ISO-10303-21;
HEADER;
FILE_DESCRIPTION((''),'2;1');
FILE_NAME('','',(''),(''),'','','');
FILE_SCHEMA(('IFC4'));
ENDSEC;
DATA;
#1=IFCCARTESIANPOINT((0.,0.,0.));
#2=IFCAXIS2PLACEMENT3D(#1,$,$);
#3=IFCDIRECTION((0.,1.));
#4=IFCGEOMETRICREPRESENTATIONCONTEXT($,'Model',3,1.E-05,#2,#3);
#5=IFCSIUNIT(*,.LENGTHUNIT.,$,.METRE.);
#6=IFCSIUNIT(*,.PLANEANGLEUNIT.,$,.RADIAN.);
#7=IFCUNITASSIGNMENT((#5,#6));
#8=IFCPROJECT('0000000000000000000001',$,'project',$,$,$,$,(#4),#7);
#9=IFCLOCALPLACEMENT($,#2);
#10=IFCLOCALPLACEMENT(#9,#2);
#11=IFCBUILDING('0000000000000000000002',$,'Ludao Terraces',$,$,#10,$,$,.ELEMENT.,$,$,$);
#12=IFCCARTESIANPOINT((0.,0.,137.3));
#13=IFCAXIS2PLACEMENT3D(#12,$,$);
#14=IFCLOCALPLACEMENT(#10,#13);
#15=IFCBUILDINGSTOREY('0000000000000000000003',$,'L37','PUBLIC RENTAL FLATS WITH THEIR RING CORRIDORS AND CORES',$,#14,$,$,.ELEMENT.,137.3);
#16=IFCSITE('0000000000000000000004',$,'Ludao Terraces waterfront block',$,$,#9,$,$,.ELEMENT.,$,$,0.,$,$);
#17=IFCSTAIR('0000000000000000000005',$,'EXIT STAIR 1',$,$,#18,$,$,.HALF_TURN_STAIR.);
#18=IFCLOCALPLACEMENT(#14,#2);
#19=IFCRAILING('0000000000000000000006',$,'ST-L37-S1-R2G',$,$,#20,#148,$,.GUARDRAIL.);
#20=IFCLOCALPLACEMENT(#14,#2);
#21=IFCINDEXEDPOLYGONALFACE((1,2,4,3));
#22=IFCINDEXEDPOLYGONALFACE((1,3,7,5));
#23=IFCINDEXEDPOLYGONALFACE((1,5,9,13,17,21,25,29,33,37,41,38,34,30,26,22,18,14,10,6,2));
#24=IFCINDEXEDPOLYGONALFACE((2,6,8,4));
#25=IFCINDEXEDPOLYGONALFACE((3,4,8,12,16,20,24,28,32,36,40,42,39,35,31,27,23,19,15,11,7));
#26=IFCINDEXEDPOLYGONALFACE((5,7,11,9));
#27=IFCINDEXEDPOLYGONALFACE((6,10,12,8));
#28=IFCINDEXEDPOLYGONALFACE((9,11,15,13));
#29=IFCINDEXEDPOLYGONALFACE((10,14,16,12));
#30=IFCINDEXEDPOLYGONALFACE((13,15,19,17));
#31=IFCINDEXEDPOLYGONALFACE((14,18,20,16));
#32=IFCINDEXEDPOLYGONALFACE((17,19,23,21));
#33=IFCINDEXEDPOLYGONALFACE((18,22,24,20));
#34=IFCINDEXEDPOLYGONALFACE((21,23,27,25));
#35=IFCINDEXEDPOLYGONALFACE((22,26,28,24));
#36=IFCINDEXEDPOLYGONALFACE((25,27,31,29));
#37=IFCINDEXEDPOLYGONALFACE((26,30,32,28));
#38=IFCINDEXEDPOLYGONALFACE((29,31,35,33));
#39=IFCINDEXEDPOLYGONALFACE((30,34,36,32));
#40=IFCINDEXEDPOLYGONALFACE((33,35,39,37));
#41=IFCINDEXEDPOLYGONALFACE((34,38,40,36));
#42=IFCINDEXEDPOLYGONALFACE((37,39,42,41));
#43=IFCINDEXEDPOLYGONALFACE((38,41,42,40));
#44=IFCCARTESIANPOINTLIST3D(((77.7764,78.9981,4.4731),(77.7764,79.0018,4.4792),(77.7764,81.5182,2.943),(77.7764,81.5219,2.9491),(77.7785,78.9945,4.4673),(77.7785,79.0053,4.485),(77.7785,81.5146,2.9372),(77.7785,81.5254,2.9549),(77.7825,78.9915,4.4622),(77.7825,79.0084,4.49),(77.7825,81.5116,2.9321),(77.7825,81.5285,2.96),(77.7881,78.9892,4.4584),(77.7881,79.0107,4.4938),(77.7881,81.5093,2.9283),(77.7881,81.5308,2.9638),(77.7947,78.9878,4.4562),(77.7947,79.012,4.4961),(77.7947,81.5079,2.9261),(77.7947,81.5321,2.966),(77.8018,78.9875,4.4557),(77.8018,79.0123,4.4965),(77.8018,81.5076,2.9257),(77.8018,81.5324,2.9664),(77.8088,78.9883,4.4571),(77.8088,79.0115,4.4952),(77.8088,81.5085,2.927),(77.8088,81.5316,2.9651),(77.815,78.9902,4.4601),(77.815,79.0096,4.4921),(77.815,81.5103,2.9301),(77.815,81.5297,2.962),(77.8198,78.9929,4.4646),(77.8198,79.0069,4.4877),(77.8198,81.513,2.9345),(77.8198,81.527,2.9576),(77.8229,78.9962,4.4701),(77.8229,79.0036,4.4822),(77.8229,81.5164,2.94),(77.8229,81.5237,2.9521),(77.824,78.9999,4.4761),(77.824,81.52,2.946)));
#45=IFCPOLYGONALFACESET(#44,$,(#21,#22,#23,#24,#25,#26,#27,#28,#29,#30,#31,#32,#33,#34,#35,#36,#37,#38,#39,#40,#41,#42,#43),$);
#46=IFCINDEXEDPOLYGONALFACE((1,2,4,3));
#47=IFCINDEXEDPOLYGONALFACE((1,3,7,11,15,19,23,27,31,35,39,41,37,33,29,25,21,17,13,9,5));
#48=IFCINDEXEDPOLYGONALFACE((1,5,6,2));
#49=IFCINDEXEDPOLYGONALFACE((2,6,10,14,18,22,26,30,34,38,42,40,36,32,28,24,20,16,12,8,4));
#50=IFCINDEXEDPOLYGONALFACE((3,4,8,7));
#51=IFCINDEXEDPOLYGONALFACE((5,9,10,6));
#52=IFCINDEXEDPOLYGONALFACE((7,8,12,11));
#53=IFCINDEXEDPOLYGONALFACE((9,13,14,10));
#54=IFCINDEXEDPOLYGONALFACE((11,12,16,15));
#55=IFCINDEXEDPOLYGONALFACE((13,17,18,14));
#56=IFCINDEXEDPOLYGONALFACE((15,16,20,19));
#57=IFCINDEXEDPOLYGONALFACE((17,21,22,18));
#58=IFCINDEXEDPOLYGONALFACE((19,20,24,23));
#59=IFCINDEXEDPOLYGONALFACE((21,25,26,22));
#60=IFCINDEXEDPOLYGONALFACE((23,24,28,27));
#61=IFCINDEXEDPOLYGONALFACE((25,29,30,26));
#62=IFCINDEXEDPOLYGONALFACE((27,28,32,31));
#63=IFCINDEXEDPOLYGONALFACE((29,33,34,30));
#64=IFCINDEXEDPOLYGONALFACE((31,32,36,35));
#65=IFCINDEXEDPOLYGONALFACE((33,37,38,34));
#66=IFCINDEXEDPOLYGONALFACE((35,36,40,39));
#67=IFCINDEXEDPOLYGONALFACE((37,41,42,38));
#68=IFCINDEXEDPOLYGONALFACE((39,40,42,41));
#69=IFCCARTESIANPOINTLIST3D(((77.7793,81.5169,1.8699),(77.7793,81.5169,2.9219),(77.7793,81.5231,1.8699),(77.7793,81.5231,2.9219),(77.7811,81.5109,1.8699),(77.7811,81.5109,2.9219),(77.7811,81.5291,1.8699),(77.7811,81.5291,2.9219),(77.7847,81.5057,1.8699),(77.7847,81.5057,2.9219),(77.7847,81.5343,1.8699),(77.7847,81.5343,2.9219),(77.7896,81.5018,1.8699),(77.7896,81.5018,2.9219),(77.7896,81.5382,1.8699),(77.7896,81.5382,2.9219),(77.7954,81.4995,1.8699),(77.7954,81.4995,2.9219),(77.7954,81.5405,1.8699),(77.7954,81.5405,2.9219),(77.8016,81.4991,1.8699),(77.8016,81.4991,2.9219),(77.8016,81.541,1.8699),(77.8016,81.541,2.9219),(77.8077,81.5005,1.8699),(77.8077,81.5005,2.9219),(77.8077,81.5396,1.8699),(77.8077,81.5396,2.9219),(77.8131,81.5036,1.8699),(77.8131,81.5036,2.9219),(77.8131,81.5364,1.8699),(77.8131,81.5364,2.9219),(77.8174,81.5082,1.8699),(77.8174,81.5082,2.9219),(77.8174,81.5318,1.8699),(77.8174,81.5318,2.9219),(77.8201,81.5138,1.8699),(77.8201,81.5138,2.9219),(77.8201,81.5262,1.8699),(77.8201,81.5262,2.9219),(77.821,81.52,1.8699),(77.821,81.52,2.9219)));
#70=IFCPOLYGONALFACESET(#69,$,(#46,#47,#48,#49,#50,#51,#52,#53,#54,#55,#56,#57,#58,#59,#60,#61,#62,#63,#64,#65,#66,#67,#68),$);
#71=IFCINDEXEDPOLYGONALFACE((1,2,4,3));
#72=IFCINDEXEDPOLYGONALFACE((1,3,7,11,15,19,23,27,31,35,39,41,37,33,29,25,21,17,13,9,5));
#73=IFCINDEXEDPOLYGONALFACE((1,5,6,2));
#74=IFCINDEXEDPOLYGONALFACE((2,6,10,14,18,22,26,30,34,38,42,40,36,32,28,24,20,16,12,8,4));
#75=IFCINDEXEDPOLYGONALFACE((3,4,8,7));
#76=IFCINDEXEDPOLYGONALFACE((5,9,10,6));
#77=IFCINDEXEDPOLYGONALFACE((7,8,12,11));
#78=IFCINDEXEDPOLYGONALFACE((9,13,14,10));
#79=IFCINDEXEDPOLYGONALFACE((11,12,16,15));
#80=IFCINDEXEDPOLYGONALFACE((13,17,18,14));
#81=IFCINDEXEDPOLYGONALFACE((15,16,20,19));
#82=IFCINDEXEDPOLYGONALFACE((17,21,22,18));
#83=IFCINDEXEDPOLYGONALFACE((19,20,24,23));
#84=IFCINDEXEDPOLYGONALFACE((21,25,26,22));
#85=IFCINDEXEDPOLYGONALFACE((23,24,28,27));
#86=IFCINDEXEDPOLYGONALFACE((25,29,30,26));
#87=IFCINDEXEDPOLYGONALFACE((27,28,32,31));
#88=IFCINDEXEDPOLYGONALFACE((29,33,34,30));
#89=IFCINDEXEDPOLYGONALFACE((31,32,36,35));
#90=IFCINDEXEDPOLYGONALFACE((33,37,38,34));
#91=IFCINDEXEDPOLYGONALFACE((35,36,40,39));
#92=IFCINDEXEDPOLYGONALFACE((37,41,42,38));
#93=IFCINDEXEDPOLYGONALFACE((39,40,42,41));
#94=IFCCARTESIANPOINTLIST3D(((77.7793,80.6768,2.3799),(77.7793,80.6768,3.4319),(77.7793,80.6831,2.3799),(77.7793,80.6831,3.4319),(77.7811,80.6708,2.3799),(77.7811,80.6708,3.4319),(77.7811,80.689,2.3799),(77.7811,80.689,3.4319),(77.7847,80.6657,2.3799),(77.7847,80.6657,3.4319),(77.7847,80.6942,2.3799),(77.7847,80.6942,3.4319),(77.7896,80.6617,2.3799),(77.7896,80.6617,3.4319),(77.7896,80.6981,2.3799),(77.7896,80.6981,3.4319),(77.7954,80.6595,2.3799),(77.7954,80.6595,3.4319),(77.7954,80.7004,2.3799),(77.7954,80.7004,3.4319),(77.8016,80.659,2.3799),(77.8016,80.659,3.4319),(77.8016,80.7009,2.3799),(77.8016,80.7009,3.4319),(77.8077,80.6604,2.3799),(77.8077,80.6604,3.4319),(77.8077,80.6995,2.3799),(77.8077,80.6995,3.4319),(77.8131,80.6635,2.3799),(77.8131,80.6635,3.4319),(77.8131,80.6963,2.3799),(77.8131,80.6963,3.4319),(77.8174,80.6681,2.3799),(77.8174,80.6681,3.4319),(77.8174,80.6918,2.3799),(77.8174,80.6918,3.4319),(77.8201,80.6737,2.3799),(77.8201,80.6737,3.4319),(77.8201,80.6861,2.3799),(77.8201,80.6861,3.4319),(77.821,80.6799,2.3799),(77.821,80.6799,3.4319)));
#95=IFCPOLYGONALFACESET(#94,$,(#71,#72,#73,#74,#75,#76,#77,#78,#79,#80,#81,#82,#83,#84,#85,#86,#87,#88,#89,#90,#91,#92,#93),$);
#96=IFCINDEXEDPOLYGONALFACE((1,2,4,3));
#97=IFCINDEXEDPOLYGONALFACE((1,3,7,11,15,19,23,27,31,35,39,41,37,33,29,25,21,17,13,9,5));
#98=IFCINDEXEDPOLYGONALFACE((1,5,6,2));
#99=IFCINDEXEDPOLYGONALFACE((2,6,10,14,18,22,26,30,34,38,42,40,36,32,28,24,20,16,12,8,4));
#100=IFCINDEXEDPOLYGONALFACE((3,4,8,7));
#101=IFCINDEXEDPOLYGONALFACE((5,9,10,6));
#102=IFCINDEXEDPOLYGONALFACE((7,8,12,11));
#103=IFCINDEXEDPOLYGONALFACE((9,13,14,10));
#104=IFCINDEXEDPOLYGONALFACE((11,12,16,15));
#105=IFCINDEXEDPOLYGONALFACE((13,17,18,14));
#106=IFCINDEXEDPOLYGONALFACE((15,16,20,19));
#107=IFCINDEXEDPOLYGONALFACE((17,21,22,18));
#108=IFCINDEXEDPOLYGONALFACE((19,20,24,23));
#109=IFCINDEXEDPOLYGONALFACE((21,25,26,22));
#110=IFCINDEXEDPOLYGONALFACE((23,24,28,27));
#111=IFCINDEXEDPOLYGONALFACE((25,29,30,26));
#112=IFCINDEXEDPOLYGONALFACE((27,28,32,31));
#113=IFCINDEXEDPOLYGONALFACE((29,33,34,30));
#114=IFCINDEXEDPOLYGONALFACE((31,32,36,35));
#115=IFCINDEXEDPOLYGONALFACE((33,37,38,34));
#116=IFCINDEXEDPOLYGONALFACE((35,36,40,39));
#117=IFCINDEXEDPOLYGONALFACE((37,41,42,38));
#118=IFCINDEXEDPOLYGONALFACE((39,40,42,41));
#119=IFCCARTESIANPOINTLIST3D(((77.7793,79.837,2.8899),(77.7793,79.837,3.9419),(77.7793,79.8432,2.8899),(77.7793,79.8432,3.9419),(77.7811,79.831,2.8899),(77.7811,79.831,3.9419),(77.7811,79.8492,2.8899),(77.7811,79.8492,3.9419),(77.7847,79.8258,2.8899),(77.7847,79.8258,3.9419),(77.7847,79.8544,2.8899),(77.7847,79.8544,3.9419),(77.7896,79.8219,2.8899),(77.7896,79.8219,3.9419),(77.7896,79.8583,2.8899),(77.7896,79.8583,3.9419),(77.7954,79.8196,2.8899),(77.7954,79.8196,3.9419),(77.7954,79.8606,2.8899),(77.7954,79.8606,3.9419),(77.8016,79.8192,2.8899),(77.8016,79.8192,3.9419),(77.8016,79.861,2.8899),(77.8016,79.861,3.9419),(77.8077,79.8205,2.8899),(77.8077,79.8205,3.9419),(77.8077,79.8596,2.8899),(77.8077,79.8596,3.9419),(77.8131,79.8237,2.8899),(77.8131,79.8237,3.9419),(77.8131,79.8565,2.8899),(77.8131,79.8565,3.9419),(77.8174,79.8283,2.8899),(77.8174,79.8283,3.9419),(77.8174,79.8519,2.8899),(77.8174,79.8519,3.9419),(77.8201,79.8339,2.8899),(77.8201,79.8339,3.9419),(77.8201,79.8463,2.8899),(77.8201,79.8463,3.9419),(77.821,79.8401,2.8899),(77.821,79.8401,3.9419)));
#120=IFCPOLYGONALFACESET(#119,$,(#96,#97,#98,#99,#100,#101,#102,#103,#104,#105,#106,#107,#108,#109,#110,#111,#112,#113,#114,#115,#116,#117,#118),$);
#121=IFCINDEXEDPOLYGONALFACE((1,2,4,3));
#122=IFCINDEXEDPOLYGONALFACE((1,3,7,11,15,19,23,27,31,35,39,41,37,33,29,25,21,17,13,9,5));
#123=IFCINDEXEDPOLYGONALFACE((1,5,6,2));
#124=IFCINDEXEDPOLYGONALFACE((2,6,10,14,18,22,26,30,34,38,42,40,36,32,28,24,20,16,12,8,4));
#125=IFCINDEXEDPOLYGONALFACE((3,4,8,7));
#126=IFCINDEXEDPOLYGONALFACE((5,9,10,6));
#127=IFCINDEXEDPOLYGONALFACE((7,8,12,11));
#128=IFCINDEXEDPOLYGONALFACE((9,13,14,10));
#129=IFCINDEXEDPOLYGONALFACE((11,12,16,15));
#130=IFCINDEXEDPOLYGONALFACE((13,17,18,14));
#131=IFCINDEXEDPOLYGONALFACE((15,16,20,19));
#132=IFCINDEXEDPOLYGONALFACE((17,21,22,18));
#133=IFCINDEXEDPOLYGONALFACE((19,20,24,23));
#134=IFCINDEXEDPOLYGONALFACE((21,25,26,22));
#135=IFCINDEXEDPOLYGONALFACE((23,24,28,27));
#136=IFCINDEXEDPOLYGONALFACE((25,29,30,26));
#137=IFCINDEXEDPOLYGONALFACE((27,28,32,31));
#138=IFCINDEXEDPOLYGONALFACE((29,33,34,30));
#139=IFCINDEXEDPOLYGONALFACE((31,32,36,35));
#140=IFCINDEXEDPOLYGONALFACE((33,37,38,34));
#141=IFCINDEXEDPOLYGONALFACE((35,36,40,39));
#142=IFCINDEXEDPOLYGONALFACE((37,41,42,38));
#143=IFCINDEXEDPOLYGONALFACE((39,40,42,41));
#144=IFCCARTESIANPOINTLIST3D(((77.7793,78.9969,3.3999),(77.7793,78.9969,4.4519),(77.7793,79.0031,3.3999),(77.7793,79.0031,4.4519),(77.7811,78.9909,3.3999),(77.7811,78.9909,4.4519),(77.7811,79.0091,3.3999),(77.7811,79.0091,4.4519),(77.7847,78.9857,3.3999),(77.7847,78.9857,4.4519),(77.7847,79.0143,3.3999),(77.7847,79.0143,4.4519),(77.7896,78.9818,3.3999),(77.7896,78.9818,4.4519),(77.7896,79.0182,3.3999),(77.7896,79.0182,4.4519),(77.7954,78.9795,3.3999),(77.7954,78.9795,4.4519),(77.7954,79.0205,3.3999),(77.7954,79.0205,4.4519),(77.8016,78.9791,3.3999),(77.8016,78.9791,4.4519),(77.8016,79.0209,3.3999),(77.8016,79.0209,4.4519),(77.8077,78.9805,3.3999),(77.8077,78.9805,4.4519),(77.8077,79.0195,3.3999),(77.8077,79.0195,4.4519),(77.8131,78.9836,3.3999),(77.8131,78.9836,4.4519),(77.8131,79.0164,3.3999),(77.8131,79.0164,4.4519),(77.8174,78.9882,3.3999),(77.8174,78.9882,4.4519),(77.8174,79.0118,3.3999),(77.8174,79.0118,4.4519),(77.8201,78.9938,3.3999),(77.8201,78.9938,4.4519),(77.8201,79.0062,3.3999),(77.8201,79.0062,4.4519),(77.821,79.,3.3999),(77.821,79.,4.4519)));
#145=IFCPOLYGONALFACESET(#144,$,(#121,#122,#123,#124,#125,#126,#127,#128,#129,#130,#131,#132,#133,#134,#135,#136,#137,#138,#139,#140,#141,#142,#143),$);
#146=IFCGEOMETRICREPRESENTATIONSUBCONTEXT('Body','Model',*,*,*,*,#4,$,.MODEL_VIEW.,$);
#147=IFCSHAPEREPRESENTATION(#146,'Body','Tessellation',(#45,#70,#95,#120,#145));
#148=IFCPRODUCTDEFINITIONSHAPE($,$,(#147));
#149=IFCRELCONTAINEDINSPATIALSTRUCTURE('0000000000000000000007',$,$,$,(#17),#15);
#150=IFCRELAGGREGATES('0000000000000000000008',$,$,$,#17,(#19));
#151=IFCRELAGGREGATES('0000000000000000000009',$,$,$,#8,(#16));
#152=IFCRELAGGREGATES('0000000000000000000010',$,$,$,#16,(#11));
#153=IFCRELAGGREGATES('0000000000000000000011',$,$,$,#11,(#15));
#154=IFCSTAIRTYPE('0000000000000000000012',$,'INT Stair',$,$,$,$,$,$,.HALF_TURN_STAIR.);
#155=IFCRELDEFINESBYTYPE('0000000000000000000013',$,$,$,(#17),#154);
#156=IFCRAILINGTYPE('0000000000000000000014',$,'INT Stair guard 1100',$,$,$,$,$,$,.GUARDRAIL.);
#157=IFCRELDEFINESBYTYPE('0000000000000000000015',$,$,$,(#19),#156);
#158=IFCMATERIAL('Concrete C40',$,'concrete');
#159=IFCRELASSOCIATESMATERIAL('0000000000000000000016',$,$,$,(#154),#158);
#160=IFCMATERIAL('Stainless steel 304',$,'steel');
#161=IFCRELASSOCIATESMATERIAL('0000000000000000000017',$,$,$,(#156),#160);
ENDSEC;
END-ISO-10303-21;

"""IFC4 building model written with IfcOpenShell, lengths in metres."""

from ifc_helpers import new_model, si_unit, direction, frame, origin, origin_2d, place, context, subcontext, project, spatial, circle, extrude, material, type_object, element, aggregate, save


model = new_model("IFC4")

# Units and contexts
model_context = context("Model", 3, precision=1e-05, world=origin(), true_north=direction((0.0, 1.0)))
body_context = subcontext(model_context, "Body", "Model", "MODEL_VIEW")
ifc_project = project(units=[si_unit("LENGTHUNIT", "METRE"), si_unit("PLANEANGLEUNIT", "RADIAN")], contexts=[model_context])

# Site, building, storey
site_placement = place(None, origin())
site = spatial("IfcSite", under=ifc_project, at=site_placement, Name="Ludao Terraces waterfront block", CompositionType="ELEMENT", RefElevation=0.0)
building_placement = place(site_placement, origin())
building = spatial("IfcBuilding", under=site, at=building_placement, Name="Ludao Terraces", CompositionType="ELEMENT")
storey_placement = place(building_placement, frame((0.0, 0.0, 137.3)))
storey = spatial("IfcBuildingStorey", under=building, at=storey_placement, Name="L37", Description="PUBLIC RENTAL FLATS WITH THEIR RING CORRIDORS AND CORES", CompositionType="ELEMENT", Elevation=137.3)

# Shared definitions
ifc_material_1 = material(Name="Stainless steel 304", Category="steel")

# Stair, railing
ifc_material_2 = material(Name="Concrete C40", Category="concrete")
stair_type = type_object("IfcStairType", Name="INT Stair", PredefinedType="HALF_TURN_STAIR", material=ifc_material_2)
stair_placement = place(storey_placement, origin())
stair = element("IfcStair", 1, at=stair_placement, inside=storey, type_object=stair_type, Name="EXIT STAIR 1", PredefinedType="HALF_TURN_STAIR")
railing_type_1 = type_object("IfcRailingType", Name="INT Stair guard 1100", PredefinedType="GUARDRAIL", material=ifc_material_1)
railing_1_placement = place(storey_placement, frame((77.8, 81.52, 1.8699)))
railing_1 = element("IfcRailing", 2, at=railing_1_placement, type_object=railing_type_1, Name="ST-L37-S1-R2G", PredefinedType="GUARDRAIL", context=body_context, shape_type="SweptSolid", body=[
    extrude(circle(Radius=0.0239, at=origin_2d()), frame((0.0, 0.0, 1.0762), z_axis=(0.0, -0.854785, 0.518982), x_axis=(1.0, 0.0, 0.0)), (0.0, 0.0, 1.0), 2.9482),
    extrude(circle(Radius=0.021, at=origin_2d()), origin(), (0.0, 0.0, 1.0), 1.052),
    extrude(circle(Radius=0.021, at=origin_2d()), frame((0.0, -0.8401, 0.51)), (0.0, 0.0, 1.0), 1.052),
    extrude(circle(Radius=0.021, at=origin_2d()), frame((0.0, -1.6799, 1.02)), (0.0, 0.0, 1.0), 1.052),
    extrude(circle(Radius=0.021, at=origin_2d()), frame((0.0, -2.52, 1.53)), (0.0, 0.0, 1.0), 1.052),
])
aggregate(stair, [railing_1])

save(model, "model.ifc")
